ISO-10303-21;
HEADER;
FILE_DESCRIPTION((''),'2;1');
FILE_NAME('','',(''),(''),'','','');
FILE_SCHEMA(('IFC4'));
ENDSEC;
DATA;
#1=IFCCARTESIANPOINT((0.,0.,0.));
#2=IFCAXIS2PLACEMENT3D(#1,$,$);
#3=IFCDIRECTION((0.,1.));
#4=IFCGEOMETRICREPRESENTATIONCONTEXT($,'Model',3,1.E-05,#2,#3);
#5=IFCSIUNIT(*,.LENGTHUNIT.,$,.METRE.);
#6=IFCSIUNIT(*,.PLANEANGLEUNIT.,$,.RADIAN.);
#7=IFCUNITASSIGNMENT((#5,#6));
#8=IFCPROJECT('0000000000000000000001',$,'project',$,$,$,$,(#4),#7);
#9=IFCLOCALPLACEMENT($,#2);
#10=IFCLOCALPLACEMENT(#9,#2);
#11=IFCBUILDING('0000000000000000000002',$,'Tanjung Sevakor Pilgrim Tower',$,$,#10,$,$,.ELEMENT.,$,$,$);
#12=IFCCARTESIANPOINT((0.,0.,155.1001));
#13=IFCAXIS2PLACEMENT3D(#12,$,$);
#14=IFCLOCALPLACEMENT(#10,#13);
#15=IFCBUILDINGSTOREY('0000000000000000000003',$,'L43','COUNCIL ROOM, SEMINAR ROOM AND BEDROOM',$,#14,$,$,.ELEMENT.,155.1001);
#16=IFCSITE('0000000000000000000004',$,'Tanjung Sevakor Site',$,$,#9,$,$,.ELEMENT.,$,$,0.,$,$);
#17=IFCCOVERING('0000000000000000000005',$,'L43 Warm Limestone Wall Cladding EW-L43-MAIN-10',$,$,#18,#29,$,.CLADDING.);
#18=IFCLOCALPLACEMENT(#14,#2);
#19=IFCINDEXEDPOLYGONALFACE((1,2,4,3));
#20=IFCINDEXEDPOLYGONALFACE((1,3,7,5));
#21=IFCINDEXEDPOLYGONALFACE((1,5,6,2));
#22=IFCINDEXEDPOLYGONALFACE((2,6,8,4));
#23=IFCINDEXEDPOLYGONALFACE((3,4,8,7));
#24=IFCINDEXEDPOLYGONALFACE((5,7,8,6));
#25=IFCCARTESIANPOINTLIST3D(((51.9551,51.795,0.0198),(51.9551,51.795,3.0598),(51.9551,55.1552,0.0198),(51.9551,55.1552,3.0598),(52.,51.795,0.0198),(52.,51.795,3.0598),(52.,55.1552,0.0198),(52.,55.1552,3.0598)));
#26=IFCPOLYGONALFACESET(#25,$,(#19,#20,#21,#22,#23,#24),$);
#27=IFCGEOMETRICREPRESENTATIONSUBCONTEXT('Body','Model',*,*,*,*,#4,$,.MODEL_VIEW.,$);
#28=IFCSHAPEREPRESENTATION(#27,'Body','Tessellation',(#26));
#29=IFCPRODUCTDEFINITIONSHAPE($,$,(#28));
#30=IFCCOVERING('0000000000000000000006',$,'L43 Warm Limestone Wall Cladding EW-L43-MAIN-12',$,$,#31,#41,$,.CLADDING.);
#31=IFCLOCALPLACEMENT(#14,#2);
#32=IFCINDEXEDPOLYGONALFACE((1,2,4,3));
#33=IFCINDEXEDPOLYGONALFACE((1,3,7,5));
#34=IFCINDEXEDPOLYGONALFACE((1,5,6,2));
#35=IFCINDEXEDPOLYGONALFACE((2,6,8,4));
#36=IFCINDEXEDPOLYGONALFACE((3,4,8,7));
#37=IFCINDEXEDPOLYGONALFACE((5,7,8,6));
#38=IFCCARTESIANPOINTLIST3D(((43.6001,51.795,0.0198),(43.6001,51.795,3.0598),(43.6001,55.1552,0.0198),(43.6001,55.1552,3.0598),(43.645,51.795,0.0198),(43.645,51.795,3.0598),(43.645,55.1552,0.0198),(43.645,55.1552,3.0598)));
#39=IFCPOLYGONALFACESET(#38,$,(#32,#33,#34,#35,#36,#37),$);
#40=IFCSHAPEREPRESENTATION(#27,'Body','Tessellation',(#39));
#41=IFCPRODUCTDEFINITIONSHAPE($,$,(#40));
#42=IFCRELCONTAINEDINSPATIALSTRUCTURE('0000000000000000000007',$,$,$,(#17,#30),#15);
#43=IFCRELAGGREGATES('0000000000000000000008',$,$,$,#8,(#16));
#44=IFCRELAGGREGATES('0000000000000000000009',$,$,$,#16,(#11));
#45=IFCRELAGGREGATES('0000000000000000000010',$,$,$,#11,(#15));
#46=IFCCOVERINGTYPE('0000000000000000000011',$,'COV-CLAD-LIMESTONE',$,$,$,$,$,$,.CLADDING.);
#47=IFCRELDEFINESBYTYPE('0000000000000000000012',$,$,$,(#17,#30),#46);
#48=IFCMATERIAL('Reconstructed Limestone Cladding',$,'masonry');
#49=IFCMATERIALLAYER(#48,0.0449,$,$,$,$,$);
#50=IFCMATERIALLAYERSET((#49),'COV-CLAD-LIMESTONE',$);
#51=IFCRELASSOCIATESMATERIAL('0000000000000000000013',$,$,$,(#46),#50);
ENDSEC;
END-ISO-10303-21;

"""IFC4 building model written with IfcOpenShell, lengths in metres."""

from ifc_helpers import new_model, si_unit, direction, frame, origin, origin_2d, place, context, subcontext, project, spatial, rectangle, extrude, material, layer, layer_set, type_object, element, save


model = new_model("IFC4")

# Units and contexts
model_context = context("Model", 3, precision=1e-05, world=origin(), true_north=direction((0.0, 1.0)))
body_context = subcontext(model_context, "Body", "Model", "MODEL_VIEW")
ifc_project = project(units=[si_unit("LENGTHUNIT", "METRE"), si_unit("PLANEANGLEUNIT", "RADIAN")], contexts=[model_context])

# Site, building, storey
site_placement = place(None, origin())
site = spatial("IfcSite", under=ifc_project, at=site_placement, Name="Tanjung Sevakor Site", CompositionType="ELEMENT", RefElevation=0.0)
building_placement = place(site_placement, origin())
building = spatial("IfcBuilding", under=site, at=building_placement, Name="Tanjung Sevakor Pilgrim Tower", CompositionType="ELEMENT")
storey_placement = place(building_placement, frame((0.0, 0.0, 155.1001)))
storey = spatial("IfcBuildingStorey", under=building, at=storey_placement, Name="L43", Description="COUNCIL ROOM, SEMINAR ROOM AND BEDROOM", CompositionType="ELEMENT", Elevation=155.1001)

# Coverings
ifc_material_1 = material(Name="Reconstructed Limestone Cladding", Category="masonry")
ifc_layer_1 = layer(ifc_material_1, 0.0449)
ifc_layer_set_1 = layer_set([ifc_layer_1], Name="COV-CLAD-LIMESTONE")
covering_type = type_object("IfcCoveringType", Name="COV-CLAD-LIMESTONE", PredefinedType="CLADDING", material=ifc_layer_set_1)
for number, where, z_axis, x_axis, name in (
    (1, (51.9775, 53.4751, 0.0198), (0.0, 0.0, 1.0), (0.0, -1.0, 0.0), "L43 Warm Limestone Wall Cladding EW-L43-MAIN-10"),
    (2, (43.6226, 53.4751, 0.0198), (0.0, 0.0, 1.0), (0.0, 1.0, 0.0), "L43 Warm Limestone Wall Cladding EW-L43-MAIN-12"),
):
    element("IfcCovering", number, at=place(storey_placement, frame(where, z_axis=z_axis, x_axis=x_axis)), inside=storey, type_object=covering_type, Name=name, PredefinedType="CLADDING", context=body_context, shape_type="SweptSolid", body=[
        extrude(rectangle(XDim=3.3601, YDim=0.0449, at=origin_2d()), origin(), (0.0, 0.0, 1.0), 3.04),
    ])

save(model, "model.ifc")
